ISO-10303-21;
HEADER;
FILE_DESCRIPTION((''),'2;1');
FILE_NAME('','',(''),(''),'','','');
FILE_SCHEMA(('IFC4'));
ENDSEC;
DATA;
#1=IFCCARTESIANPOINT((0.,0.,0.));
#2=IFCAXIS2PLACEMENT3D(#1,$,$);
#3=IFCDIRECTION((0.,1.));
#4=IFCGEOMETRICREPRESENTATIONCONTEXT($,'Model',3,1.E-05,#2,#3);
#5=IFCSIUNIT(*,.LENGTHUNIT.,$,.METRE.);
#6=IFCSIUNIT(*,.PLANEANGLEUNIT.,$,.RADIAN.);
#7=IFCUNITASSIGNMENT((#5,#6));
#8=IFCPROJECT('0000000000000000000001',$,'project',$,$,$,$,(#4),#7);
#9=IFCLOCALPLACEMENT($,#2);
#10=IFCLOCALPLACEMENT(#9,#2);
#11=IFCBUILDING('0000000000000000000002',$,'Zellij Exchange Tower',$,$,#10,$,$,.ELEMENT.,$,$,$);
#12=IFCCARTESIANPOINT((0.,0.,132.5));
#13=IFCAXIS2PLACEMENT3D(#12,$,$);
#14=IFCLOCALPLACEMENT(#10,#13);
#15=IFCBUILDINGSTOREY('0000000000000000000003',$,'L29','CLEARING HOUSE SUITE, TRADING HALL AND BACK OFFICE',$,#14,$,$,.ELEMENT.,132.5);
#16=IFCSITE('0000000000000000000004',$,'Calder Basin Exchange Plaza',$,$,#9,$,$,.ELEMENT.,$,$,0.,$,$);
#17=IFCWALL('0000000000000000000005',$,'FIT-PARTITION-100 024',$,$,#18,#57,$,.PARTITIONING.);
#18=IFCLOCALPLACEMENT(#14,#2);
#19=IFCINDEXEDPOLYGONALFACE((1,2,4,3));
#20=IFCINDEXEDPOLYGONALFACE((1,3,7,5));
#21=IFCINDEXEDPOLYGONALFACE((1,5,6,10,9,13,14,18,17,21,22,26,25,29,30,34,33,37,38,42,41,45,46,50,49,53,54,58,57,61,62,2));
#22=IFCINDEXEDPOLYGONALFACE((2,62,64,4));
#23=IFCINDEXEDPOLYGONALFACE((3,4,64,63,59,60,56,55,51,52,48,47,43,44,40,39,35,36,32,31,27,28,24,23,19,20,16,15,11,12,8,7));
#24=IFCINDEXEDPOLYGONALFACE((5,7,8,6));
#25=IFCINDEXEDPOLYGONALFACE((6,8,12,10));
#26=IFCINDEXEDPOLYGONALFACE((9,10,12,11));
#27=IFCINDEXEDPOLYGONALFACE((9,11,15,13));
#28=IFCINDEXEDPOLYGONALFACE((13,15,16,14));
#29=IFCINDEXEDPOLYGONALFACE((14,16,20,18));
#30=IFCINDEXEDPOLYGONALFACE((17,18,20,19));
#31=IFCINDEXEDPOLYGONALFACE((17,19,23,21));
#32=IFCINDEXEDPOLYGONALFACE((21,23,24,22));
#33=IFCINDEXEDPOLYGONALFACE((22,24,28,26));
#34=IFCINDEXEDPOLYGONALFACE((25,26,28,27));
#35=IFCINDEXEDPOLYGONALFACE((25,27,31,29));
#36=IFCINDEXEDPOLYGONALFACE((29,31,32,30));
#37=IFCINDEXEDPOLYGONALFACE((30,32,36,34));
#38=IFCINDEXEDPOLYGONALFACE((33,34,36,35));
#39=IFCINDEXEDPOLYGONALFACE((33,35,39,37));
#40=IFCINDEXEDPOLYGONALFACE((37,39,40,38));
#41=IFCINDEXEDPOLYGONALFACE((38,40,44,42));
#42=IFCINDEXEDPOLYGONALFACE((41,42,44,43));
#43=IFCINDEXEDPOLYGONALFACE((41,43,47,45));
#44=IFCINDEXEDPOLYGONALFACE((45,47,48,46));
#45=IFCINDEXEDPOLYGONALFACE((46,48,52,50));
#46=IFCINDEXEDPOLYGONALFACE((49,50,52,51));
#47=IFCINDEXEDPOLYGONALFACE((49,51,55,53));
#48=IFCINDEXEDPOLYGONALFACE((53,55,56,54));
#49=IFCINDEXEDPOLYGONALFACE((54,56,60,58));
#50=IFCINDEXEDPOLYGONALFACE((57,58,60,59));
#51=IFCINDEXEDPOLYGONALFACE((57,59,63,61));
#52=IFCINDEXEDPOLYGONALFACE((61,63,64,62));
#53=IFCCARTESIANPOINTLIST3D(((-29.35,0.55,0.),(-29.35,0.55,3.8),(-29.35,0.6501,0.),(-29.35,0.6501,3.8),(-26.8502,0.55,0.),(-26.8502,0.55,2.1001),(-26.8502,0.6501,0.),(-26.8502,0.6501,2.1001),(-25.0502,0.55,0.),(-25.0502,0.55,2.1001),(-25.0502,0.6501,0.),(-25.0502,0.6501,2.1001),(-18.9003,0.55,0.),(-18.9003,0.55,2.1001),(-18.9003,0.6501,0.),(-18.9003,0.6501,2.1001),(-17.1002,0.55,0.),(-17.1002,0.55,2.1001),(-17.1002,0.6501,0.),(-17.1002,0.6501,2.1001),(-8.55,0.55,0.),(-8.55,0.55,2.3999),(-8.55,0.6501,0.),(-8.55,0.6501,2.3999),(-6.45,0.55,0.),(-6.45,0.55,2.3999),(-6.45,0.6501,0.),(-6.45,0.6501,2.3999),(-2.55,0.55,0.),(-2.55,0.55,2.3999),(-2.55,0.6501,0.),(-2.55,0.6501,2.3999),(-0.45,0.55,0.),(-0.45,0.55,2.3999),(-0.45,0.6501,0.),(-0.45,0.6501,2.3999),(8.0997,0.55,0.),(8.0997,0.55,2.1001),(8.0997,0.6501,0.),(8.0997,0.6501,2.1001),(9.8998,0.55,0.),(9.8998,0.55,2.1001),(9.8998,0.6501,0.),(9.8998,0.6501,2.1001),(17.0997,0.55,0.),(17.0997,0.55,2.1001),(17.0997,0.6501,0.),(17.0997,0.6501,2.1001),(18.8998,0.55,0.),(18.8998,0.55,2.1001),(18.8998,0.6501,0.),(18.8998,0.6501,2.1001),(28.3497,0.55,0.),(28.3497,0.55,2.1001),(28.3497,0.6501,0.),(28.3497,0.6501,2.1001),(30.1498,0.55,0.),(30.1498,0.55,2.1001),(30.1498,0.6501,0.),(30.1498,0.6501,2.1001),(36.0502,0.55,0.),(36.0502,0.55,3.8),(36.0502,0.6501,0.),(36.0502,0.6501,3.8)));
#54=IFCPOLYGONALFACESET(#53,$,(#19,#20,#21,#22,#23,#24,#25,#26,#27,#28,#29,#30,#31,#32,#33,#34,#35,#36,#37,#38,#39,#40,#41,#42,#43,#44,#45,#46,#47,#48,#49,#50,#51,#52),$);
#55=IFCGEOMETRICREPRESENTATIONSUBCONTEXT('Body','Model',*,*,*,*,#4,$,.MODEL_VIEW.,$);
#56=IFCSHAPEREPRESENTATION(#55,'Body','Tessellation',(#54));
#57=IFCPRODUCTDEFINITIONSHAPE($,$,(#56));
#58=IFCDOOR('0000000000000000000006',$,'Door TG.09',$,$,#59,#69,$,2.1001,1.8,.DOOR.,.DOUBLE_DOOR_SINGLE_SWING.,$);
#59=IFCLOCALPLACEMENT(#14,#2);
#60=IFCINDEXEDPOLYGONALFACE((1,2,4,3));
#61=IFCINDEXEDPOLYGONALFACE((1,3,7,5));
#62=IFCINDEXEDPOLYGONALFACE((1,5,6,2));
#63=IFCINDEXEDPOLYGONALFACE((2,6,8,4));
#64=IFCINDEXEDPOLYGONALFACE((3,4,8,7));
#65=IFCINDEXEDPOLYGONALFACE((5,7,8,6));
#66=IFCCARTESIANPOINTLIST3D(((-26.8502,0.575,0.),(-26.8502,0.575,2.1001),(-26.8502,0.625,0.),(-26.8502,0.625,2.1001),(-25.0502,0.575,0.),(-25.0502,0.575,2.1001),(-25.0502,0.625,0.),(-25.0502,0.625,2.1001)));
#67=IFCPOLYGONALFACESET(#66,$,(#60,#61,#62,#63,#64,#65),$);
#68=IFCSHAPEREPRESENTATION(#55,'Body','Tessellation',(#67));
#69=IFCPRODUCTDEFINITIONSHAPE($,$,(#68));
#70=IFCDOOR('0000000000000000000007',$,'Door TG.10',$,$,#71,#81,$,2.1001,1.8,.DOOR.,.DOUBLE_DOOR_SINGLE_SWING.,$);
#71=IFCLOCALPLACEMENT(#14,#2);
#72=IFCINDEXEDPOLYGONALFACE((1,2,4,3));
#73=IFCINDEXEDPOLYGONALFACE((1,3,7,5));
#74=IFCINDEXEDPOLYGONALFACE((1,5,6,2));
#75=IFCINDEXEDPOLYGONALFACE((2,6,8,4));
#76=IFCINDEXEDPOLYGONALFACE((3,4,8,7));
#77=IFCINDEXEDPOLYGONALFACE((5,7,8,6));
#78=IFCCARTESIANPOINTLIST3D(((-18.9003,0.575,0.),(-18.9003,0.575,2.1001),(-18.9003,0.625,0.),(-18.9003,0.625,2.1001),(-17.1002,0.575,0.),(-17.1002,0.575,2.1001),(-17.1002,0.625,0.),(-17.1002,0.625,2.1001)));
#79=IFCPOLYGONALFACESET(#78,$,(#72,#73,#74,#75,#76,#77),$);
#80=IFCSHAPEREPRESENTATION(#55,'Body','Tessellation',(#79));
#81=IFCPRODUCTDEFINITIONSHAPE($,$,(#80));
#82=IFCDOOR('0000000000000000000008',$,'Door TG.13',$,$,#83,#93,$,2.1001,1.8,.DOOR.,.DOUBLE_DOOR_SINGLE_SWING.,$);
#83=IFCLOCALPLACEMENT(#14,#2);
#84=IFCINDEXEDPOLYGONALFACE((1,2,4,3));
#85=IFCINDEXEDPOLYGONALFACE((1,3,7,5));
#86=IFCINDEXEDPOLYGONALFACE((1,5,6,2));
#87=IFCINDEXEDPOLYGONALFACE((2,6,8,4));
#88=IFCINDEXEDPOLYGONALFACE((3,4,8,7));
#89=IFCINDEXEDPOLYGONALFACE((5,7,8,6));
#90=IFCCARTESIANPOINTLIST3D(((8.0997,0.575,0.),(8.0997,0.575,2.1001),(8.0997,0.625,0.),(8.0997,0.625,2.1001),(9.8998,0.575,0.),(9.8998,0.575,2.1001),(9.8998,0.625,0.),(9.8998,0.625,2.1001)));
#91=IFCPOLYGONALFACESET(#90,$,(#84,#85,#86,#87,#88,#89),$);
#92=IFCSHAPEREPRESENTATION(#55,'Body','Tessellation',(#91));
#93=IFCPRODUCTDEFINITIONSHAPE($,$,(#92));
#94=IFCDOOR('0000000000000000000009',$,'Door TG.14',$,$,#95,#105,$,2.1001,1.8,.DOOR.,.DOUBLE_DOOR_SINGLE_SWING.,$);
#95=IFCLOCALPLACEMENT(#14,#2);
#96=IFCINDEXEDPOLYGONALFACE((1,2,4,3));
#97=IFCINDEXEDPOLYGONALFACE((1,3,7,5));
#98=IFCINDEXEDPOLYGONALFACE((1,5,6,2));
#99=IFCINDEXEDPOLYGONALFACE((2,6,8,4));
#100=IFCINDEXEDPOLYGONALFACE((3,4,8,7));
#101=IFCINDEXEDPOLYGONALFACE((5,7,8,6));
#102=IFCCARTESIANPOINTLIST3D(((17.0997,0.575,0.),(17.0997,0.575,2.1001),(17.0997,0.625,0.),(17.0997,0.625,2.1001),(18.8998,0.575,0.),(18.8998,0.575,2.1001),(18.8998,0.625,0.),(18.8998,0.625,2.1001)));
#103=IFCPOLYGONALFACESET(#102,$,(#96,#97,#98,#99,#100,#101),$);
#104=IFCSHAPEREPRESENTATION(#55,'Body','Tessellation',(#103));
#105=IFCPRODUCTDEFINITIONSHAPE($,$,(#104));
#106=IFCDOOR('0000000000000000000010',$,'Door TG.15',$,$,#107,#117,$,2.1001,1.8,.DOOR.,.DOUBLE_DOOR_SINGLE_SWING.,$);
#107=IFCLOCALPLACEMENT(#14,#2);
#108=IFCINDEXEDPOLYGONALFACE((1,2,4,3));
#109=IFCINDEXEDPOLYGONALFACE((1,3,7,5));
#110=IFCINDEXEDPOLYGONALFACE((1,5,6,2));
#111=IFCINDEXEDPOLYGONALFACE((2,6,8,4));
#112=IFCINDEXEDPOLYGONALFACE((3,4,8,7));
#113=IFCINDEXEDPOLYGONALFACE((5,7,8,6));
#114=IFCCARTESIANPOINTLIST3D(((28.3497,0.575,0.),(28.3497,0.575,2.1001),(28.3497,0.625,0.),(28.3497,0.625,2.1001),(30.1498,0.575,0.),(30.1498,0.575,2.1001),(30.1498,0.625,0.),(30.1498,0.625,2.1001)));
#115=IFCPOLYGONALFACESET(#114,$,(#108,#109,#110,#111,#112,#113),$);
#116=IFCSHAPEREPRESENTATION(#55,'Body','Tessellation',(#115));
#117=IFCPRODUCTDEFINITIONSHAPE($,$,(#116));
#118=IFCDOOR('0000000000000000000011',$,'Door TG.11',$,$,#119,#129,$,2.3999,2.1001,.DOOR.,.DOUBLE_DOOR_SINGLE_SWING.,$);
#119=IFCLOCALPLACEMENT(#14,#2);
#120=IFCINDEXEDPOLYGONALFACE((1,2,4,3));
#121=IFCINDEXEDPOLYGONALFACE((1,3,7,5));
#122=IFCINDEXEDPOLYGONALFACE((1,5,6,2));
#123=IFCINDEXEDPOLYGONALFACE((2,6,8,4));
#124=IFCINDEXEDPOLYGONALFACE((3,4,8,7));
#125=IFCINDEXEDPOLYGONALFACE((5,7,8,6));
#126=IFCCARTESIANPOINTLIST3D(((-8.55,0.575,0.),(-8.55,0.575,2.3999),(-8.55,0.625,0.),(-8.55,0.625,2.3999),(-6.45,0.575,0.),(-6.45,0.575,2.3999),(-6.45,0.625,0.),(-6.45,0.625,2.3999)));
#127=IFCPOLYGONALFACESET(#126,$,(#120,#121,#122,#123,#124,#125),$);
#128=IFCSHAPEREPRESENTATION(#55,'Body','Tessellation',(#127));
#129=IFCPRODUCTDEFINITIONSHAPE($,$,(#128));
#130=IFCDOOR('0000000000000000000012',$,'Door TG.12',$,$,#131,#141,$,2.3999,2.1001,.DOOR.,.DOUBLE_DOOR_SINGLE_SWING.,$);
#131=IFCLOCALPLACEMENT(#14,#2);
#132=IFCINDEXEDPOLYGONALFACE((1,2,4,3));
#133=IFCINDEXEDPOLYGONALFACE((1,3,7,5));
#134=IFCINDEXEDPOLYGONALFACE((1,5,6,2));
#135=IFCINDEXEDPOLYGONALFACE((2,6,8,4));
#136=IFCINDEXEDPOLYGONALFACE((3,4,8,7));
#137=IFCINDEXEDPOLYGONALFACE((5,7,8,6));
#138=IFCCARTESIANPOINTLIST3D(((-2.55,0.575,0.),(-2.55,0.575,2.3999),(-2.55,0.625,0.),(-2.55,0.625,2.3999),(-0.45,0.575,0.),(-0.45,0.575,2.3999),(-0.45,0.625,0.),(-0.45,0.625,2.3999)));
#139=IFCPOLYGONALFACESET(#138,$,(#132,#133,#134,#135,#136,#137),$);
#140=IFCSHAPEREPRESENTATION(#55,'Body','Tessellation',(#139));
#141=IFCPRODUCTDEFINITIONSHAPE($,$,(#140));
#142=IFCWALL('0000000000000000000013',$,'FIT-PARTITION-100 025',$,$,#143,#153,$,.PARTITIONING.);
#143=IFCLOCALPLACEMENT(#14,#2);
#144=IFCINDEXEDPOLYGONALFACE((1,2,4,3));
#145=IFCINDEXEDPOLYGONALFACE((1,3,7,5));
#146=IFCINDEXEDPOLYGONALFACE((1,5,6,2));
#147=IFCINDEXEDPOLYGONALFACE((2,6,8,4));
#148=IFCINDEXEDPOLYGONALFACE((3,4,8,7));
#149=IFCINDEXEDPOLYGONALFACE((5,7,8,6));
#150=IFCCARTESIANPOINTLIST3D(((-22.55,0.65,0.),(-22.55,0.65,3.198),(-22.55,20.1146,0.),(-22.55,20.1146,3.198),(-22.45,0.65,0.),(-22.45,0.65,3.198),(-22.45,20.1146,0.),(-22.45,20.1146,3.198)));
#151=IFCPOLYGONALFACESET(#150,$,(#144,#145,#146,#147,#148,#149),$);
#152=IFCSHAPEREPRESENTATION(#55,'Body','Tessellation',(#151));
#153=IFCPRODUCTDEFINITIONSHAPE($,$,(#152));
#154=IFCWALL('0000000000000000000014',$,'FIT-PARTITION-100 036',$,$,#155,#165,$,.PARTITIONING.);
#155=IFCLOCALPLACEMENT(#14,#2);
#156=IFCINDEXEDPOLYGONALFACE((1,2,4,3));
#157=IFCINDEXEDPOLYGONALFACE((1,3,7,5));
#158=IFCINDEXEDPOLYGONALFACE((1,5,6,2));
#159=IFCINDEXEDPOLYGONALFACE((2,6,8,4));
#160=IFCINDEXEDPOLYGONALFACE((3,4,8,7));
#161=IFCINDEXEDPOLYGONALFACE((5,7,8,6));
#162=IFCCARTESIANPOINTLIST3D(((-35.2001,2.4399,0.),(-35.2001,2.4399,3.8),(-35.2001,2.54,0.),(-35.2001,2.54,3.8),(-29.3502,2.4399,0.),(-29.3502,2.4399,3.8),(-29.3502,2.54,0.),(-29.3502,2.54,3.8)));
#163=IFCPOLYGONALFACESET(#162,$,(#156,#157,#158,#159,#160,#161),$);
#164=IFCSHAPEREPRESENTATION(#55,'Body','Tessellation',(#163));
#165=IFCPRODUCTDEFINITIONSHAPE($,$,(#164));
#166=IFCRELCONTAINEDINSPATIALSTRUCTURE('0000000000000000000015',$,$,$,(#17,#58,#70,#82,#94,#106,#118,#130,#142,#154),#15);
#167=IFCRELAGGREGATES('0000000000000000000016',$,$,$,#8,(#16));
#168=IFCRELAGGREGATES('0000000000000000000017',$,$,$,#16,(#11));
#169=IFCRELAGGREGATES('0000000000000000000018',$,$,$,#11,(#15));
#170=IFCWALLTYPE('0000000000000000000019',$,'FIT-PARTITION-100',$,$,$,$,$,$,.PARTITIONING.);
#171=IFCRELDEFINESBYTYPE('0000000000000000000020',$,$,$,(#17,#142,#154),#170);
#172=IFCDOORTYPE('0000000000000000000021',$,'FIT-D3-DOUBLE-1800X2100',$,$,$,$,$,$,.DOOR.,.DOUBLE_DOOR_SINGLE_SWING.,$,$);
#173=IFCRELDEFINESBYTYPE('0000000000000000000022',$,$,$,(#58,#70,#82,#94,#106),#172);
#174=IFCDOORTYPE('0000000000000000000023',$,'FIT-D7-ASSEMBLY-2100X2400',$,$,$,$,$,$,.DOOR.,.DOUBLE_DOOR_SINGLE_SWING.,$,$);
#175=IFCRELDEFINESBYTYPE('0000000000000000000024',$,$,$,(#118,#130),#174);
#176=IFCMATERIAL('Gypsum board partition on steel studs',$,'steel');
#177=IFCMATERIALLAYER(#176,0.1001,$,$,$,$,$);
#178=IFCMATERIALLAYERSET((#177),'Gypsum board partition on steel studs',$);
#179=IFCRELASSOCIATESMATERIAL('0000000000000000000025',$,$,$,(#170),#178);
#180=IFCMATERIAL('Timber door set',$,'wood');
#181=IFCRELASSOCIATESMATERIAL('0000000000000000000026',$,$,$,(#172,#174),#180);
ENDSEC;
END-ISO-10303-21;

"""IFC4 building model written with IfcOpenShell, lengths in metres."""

from ifc_helpers import new_model, si_unit, direction, frame, frame_2d, origin, place, context, subcontext, project, spatial, rectangle, extrude, material, layer, layer_set, type_object, element, fill, save


model = new_model("IFC4")

# Units and contexts
model_context = context("Model", 3, precision=1e-05, world=origin(), true_north=direction((0.0, 1.0)))
body_context = subcontext(model_context, "Body", "Model", "MODEL_VIEW")
ifc_project = project(units=[si_unit("LENGTHUNIT", "METRE"), si_unit("PLANEANGLEUNIT", "RADIAN")], contexts=[model_context])

# Site, building, storey
site_placement = place(None, origin())
site = spatial("IfcSite", under=ifc_project, at=site_placement, Name="Calder Basin Exchange Plaza", CompositionType="ELEMENT", RefElevation=0.0)
building_placement = place(site_placement, origin())
building = spatial("IfcBuilding", under=site, at=building_placement, Name="Zellij Exchange Tower", CompositionType="ELEMENT")
storey_placement = place(building_placement, frame((0.0, 0.0, 132.5)))
storey = spatial("IfcBuildingStorey", under=building, at=storey_placement, Name="L29", Description="CLEARING HOUSE SUITE, TRADING HALL AND BACK OFFICE", CompositionType="ELEMENT", Elevation=132.5)

# Shared definitions
ifc_material_1 = material(Name="Gypsum board partition on steel studs", Category="steel")
ifc_layer_1 = layer(ifc_material_1, 0.1001)
ifc_layer_set_1 = layer_set([ifc_layer_1], Name="Gypsum board partition on steel studs")
wall_type_1 = type_object("IfcWallType", Name="FIT-PARTITION-100", PredefinedType="PARTITIONING", material=ifc_layer_set_1)

# Wall, openings, doors
wall_1_placement = place(storey_placement, frame((-29.3501, 0.6001, 0.0), z_axis=(0.0, 0.0, 1.0), x_axis=(1.0, 0.0, 0.0)))
wall_1 = element("IfcWall", 1, at=wall_1_placement, inside=storey, type_object=wall_type_1, Name="FIT-PARTITION-100 024", PredefinedType="PARTITIONING", context=body_context, shape_type="SweptSolid", body=[
    extrude(rectangle(XDim=65.4001, YDim=0.1001, at=frame_2d((32.7002, 0.0))), origin(), (0.0, 0.0, 1.0), 3.8),
])
opening_1_placement = place(wall_1_placement, frame((2.5, 0.0, 0.0)))
opening_1 = element("IfcOpeningElement", 2, at=opening_1_placement, cuts=wall_1, PredefinedType="OPENING", context=body_context, shape_type="SweptSolid", body=[
    extrude(rectangle(XDim=1.8, YDim=2.1001, at=frame_2d((0.8999, 1.05))), frame((0.0, 0.062, 0.0), z_axis=(0.0, -1.0, 0.0), x_axis=(1.0, 0.0, 0.0)), (0.0, 0.0, 1.0), 0.124),
])
opening_2_placement = place(wall_1_placement, frame((10.45, 0.0, 0.0)))
opening_2 = element("IfcOpeningElement", 3, at=opening_2_placement, cuts=wall_1, PredefinedType="OPENING", context=body_context, shape_type="SweptSolid", body=[
    extrude(rectangle(XDim=1.8, YDim=2.1001, at=frame_2d((0.8999, 1.05))), frame((0.0, 0.062, 0.0), z_axis=(0.0, -1.0, 0.0), x_axis=(1.0, 0.0, 0.0)), (0.0, 0.0, 1.0), 0.124),
])
opening_3_placement = place(wall_1_placement, frame((20.8, 0.0, 0.0)))
opening_3 = element("IfcOpeningElement", 4, at=opening_3_placement, cuts=wall_1, PredefinedType="OPENING", context=body_context, shape_type="SweptSolid", body=[
    extrude(rectangle(XDim=2.1001, YDim=2.3999, at=frame_2d((1.05, 1.2))), frame((0.0, 0.062, 0.0), z_axis=(0.0, -1.0, 0.0), x_axis=(1.0, 0.0, 0.0)), (0.0, 0.0, 1.0), 0.124),
])
opening_4_placement = place(wall_1_placement, frame((26.8, 0.0, 0.0)))
opening_4 = element("IfcOpeningElement", 5, at=opening_4_placement, cuts=wall_1, PredefinedType="OPENING", context=body_context, shape_type="SweptSolid", body=[
    extrude(rectangle(XDim=2.1001, YDim=2.3999, at=frame_2d((1.05, 1.2))), frame((0.0, 0.062, 0.0), z_axis=(0.0, -1.0, 0.0), x_axis=(1.0, 0.0, 0.0)), (0.0, 0.0, 1.0), 0.124),
])
opening_5_placement = place(wall_1_placement, frame((37.45, 0.0, 0.0)))
opening_5 = element("IfcOpeningElement", 6, at=opening_5_placement, cuts=wall_1, PredefinedType="OPENING", context=body_context, shape_type="SweptSolid", body=[
    extrude(rectangle(XDim=1.8, YDim=2.1001, at=frame_2d((0.8999, 1.05))), frame((0.0, 0.062, 0.0), z_axis=(0.0, -1.0, 0.0), x_axis=(1.0, 0.0, 0.0)), (0.0, 0.0, 1.0), 0.124),
])
opening_6_placement = place(wall_1_placement, frame((46.45, 0.0, 0.0)))
opening_6 = element("IfcOpeningElement", 7, at=opening_6_placement, cuts=wall_1, PredefinedType="OPENING", context=body_context, shape_type="SweptSolid", body=[
    extrude(rectangle(XDim=1.8, YDim=2.1001, at=frame_2d((0.8999, 1.05))), frame((0.0, 0.062, 0.0), z_axis=(0.0, -1.0, 0.0), x_axis=(1.0, 0.0, 0.0)), (0.0, 0.0, 1.0), 0.124),
])
opening_7_placement = place(wall_1_placement, frame((57.7, 0.0, 0.0)))
opening_7 = element("IfcOpeningElement", 8, at=opening_7_placement, cuts=wall_1, PredefinedType="OPENING", context=body_context, shape_type="SweptSolid", body=[
    extrude(rectangle(XDim=1.8, YDim=2.1001, at=frame_2d((0.8999, 1.05))), frame((0.0, 0.062, 0.0), z_axis=(0.0, -1.0, 0.0), x_axis=(1.0, 0.0, 0.0)), (0.0, 0.0, 1.0), 0.124),
])
ifc_material_2 = material(Name="Timber door set", Category="wood")
door_type_1 = type_object("IfcDoorType", Name="FIT-D3-DOUBLE-1800X2100", OperationType="DOUBLE_DOOR_SINGLE_SWING", PredefinedType="DOOR", material=ifc_material_2)
door_1_placement = place(opening_1_placement, origin())
door_1 = element("IfcDoor", 9, at=door_1_placement, inside=storey, type_object=door_type_1, Name="Door TG.09", OperationType="DOUBLE_DOOR_SINGLE_SWING", OverallHeight=2.1001, OverallWidth=1.8, PredefinedType="DOOR", context=body_context, shape_type="SweptSolid", body=[
    extrude(rectangle(XDim=1.8, YDim=2.1001, at=frame_2d((0.8999, 1.05))), frame((0.0, 0.0249, 0.0), z_axis=(0.0, -1.0, 0.0), x_axis=(1.0, 0.0, 0.0)), (0.0, 0.0, 1.0), 0.05),
])
fill(opening_1, door_1)
door_2_placement = place(opening_2_placement, origin())
door_2 = element("IfcDoor", 10, at=door_2_placement, inside=storey, type_object=door_type_1, Name="Door TG.10", OperationType="DOUBLE_DOOR_SINGLE_SWING", OverallHeight=2.1001, OverallWidth=1.8, PredefinedType="DOOR", context=body_context, shape_type="SweptSolid", body=[
    extrude(rectangle(XDim=1.8, YDim=2.1001, at=frame_2d((0.8999, 1.05))), frame((0.0, 0.0249, 0.0), z_axis=(0.0, -1.0, 0.0), x_axis=(1.0, 0.0, 0.0)), (0.0, 0.0, 1.0), 0.05),
])
fill(opening_2, door_2)
door_3_placement = place(opening_5_placement, origin())
door_3 = element("IfcDoor", 11, at=door_3_placement, inside=storey, type_object=door_type_1, Name="Door TG.13", OperationType="DOUBLE_DOOR_SINGLE_SWING", OverallHeight=2.1001, OverallWidth=1.8, PredefinedType="DOOR", context=body_context, shape_type="SweptSolid", body=[
    extrude(rectangle(XDim=1.8, YDim=2.1001, at=frame_2d((0.8999, 1.05))), frame((0.0, 0.0249, 0.0), z_axis=(0.0, -1.0, 0.0), x_axis=(1.0, 0.0, 0.0)), (0.0, 0.0, 1.0), 0.05),
])
fill(opening_5, door_3)
door_4_placement = place(opening_6_placement, origin())
door_4 = element("IfcDoor", 12, at=door_4_placement, inside=storey, type_object=door_type_1, Name="Door TG.14", OperationType="DOUBLE_DOOR_SINGLE_SWING", OverallHeight=2.1001, OverallWidth=1.8, PredefinedType="DOOR", context=body_context, shape_type="SweptSolid", body=[
    extrude(rectangle(XDim=1.8, YDim=2.1001, at=frame_2d((0.8999, 1.05))), frame((0.0, 0.0249, 0.0), z_axis=(0.0, -1.0, 0.0), x_axis=(1.0, 0.0, 0.0)), (0.0, 0.0, 1.0), 0.05),
])
fill(opening_6, door_4)
door_5_placement = place(opening_7_placement, origin())
door_5 = element("IfcDoor", 13, at=door_5_placement, inside=storey, type_object=door_type_1, Name="Door TG.15", OperationType="DOUBLE_DOOR_SINGLE_SWING", OverallHeight=2.1001, OverallWidth=1.8, PredefinedType="DOOR", context=body_context, shape_type="SweptSolid", body=[
    extrude(rectangle(XDim=1.8, YDim=2.1001, at=frame_2d((0.8999, 1.05))), frame((0.0, 0.0249, 0.0), z_axis=(0.0, -1.0, 0.0), x_axis=(1.0, 0.0, 0.0)), (0.0, 0.0, 1.0), 0.05),
])
fill(opening_7, door_5)
door_type_2 = type_object("IfcDoorType", Name="FIT-D7-ASSEMBLY-2100X2400", OperationType="DOUBLE_DOOR_SINGLE_SWING", PredefinedType="DOOR", material=ifc_material_2)
door_6_placement = place(opening_3_placement, origin())
door_6 = element("IfcDoor", 14, at=door_6_placement, inside=storey, type_object=door_type_2, Name="Door TG.11", OperationType="DOUBLE_DOOR_SINGLE_SWING", OverallHeight=2.3999, OverallWidth=2.1001, PredefinedType="DOOR", context=body_context, shape_type="SweptSolid", body=[
    extrude(rectangle(XDim=2.1001, YDim=2.3999, at=frame_2d((1.05, 1.2))), frame((0.0, 0.0249, 0.0), z_axis=(0.0, -1.0, 0.0), x_axis=(1.0, 0.0, 0.0)), (0.0, 0.0, 1.0), 0.05),
])
fill(opening_3, door_6)
door_7_placement = place(opening_4_placement, origin())
door_7 = element("IfcDoor", 15, at=door_7_placement, inside=storey, type_object=door_type_2, Name="Door TG.12", OperationType="DOUBLE_DOOR_SINGLE_SWING", OverallHeight=2.3999, OverallWidth=2.1001, PredefinedType="DOOR", context=body_context, shape_type="SweptSolid", body=[
    extrude(rectangle(XDim=2.1001, YDim=2.3999, at=frame_2d((1.05, 1.2))), frame((0.0, 0.0249, 0.0), z_axis=(0.0, -1.0, 0.0), x_axis=(1.0, 0.0, 0.0)), (0.0, 0.0, 1.0), 0.05),
])
fill(opening_4, door_7)

# Walls
wall_2_placement = place(storey_placement, frame((-22.5, 0.6499, 0.0), z_axis=(0.0, 0.0, 1.0), x_axis=(0.0, 1.0, 0.0)))
element("IfcWall", 16, at=wall_2_placement, inside=storey, type_object=wall_type_1, Name="FIT-PARTITION-100 025", PredefinedType="PARTITIONING", context=body_context, shape_type="SweptSolid", body=[
    extrude(rectangle(XDim=19.4646, YDim=0.1001, at=frame_2d((9.7324, 0.0))), origin(), (0.0, 0.0, 1.0), 3.198),
])
wall_3_placement = place(storey_placement, frame((-35.2, 2.49, 0.0), z_axis=(0.0, 0.0, 1.0), x_axis=(1.0, 0.0, 0.0)))
element("IfcWall", 17, at=wall_3_placement, inside=storey, type_object=wall_type_1, Name="FIT-PARTITION-100 036", PredefinedType="PARTITIONING", context=body_context, shape_type="SweptSolid", body=[
    extrude(rectangle(XDim=5.8499, YDim=0.1001, at=frame_2d((2.9248, 0.0))), origin(), (0.0, 0.0, 1.0), 3.8),
])

save(model, "model.ifc")
